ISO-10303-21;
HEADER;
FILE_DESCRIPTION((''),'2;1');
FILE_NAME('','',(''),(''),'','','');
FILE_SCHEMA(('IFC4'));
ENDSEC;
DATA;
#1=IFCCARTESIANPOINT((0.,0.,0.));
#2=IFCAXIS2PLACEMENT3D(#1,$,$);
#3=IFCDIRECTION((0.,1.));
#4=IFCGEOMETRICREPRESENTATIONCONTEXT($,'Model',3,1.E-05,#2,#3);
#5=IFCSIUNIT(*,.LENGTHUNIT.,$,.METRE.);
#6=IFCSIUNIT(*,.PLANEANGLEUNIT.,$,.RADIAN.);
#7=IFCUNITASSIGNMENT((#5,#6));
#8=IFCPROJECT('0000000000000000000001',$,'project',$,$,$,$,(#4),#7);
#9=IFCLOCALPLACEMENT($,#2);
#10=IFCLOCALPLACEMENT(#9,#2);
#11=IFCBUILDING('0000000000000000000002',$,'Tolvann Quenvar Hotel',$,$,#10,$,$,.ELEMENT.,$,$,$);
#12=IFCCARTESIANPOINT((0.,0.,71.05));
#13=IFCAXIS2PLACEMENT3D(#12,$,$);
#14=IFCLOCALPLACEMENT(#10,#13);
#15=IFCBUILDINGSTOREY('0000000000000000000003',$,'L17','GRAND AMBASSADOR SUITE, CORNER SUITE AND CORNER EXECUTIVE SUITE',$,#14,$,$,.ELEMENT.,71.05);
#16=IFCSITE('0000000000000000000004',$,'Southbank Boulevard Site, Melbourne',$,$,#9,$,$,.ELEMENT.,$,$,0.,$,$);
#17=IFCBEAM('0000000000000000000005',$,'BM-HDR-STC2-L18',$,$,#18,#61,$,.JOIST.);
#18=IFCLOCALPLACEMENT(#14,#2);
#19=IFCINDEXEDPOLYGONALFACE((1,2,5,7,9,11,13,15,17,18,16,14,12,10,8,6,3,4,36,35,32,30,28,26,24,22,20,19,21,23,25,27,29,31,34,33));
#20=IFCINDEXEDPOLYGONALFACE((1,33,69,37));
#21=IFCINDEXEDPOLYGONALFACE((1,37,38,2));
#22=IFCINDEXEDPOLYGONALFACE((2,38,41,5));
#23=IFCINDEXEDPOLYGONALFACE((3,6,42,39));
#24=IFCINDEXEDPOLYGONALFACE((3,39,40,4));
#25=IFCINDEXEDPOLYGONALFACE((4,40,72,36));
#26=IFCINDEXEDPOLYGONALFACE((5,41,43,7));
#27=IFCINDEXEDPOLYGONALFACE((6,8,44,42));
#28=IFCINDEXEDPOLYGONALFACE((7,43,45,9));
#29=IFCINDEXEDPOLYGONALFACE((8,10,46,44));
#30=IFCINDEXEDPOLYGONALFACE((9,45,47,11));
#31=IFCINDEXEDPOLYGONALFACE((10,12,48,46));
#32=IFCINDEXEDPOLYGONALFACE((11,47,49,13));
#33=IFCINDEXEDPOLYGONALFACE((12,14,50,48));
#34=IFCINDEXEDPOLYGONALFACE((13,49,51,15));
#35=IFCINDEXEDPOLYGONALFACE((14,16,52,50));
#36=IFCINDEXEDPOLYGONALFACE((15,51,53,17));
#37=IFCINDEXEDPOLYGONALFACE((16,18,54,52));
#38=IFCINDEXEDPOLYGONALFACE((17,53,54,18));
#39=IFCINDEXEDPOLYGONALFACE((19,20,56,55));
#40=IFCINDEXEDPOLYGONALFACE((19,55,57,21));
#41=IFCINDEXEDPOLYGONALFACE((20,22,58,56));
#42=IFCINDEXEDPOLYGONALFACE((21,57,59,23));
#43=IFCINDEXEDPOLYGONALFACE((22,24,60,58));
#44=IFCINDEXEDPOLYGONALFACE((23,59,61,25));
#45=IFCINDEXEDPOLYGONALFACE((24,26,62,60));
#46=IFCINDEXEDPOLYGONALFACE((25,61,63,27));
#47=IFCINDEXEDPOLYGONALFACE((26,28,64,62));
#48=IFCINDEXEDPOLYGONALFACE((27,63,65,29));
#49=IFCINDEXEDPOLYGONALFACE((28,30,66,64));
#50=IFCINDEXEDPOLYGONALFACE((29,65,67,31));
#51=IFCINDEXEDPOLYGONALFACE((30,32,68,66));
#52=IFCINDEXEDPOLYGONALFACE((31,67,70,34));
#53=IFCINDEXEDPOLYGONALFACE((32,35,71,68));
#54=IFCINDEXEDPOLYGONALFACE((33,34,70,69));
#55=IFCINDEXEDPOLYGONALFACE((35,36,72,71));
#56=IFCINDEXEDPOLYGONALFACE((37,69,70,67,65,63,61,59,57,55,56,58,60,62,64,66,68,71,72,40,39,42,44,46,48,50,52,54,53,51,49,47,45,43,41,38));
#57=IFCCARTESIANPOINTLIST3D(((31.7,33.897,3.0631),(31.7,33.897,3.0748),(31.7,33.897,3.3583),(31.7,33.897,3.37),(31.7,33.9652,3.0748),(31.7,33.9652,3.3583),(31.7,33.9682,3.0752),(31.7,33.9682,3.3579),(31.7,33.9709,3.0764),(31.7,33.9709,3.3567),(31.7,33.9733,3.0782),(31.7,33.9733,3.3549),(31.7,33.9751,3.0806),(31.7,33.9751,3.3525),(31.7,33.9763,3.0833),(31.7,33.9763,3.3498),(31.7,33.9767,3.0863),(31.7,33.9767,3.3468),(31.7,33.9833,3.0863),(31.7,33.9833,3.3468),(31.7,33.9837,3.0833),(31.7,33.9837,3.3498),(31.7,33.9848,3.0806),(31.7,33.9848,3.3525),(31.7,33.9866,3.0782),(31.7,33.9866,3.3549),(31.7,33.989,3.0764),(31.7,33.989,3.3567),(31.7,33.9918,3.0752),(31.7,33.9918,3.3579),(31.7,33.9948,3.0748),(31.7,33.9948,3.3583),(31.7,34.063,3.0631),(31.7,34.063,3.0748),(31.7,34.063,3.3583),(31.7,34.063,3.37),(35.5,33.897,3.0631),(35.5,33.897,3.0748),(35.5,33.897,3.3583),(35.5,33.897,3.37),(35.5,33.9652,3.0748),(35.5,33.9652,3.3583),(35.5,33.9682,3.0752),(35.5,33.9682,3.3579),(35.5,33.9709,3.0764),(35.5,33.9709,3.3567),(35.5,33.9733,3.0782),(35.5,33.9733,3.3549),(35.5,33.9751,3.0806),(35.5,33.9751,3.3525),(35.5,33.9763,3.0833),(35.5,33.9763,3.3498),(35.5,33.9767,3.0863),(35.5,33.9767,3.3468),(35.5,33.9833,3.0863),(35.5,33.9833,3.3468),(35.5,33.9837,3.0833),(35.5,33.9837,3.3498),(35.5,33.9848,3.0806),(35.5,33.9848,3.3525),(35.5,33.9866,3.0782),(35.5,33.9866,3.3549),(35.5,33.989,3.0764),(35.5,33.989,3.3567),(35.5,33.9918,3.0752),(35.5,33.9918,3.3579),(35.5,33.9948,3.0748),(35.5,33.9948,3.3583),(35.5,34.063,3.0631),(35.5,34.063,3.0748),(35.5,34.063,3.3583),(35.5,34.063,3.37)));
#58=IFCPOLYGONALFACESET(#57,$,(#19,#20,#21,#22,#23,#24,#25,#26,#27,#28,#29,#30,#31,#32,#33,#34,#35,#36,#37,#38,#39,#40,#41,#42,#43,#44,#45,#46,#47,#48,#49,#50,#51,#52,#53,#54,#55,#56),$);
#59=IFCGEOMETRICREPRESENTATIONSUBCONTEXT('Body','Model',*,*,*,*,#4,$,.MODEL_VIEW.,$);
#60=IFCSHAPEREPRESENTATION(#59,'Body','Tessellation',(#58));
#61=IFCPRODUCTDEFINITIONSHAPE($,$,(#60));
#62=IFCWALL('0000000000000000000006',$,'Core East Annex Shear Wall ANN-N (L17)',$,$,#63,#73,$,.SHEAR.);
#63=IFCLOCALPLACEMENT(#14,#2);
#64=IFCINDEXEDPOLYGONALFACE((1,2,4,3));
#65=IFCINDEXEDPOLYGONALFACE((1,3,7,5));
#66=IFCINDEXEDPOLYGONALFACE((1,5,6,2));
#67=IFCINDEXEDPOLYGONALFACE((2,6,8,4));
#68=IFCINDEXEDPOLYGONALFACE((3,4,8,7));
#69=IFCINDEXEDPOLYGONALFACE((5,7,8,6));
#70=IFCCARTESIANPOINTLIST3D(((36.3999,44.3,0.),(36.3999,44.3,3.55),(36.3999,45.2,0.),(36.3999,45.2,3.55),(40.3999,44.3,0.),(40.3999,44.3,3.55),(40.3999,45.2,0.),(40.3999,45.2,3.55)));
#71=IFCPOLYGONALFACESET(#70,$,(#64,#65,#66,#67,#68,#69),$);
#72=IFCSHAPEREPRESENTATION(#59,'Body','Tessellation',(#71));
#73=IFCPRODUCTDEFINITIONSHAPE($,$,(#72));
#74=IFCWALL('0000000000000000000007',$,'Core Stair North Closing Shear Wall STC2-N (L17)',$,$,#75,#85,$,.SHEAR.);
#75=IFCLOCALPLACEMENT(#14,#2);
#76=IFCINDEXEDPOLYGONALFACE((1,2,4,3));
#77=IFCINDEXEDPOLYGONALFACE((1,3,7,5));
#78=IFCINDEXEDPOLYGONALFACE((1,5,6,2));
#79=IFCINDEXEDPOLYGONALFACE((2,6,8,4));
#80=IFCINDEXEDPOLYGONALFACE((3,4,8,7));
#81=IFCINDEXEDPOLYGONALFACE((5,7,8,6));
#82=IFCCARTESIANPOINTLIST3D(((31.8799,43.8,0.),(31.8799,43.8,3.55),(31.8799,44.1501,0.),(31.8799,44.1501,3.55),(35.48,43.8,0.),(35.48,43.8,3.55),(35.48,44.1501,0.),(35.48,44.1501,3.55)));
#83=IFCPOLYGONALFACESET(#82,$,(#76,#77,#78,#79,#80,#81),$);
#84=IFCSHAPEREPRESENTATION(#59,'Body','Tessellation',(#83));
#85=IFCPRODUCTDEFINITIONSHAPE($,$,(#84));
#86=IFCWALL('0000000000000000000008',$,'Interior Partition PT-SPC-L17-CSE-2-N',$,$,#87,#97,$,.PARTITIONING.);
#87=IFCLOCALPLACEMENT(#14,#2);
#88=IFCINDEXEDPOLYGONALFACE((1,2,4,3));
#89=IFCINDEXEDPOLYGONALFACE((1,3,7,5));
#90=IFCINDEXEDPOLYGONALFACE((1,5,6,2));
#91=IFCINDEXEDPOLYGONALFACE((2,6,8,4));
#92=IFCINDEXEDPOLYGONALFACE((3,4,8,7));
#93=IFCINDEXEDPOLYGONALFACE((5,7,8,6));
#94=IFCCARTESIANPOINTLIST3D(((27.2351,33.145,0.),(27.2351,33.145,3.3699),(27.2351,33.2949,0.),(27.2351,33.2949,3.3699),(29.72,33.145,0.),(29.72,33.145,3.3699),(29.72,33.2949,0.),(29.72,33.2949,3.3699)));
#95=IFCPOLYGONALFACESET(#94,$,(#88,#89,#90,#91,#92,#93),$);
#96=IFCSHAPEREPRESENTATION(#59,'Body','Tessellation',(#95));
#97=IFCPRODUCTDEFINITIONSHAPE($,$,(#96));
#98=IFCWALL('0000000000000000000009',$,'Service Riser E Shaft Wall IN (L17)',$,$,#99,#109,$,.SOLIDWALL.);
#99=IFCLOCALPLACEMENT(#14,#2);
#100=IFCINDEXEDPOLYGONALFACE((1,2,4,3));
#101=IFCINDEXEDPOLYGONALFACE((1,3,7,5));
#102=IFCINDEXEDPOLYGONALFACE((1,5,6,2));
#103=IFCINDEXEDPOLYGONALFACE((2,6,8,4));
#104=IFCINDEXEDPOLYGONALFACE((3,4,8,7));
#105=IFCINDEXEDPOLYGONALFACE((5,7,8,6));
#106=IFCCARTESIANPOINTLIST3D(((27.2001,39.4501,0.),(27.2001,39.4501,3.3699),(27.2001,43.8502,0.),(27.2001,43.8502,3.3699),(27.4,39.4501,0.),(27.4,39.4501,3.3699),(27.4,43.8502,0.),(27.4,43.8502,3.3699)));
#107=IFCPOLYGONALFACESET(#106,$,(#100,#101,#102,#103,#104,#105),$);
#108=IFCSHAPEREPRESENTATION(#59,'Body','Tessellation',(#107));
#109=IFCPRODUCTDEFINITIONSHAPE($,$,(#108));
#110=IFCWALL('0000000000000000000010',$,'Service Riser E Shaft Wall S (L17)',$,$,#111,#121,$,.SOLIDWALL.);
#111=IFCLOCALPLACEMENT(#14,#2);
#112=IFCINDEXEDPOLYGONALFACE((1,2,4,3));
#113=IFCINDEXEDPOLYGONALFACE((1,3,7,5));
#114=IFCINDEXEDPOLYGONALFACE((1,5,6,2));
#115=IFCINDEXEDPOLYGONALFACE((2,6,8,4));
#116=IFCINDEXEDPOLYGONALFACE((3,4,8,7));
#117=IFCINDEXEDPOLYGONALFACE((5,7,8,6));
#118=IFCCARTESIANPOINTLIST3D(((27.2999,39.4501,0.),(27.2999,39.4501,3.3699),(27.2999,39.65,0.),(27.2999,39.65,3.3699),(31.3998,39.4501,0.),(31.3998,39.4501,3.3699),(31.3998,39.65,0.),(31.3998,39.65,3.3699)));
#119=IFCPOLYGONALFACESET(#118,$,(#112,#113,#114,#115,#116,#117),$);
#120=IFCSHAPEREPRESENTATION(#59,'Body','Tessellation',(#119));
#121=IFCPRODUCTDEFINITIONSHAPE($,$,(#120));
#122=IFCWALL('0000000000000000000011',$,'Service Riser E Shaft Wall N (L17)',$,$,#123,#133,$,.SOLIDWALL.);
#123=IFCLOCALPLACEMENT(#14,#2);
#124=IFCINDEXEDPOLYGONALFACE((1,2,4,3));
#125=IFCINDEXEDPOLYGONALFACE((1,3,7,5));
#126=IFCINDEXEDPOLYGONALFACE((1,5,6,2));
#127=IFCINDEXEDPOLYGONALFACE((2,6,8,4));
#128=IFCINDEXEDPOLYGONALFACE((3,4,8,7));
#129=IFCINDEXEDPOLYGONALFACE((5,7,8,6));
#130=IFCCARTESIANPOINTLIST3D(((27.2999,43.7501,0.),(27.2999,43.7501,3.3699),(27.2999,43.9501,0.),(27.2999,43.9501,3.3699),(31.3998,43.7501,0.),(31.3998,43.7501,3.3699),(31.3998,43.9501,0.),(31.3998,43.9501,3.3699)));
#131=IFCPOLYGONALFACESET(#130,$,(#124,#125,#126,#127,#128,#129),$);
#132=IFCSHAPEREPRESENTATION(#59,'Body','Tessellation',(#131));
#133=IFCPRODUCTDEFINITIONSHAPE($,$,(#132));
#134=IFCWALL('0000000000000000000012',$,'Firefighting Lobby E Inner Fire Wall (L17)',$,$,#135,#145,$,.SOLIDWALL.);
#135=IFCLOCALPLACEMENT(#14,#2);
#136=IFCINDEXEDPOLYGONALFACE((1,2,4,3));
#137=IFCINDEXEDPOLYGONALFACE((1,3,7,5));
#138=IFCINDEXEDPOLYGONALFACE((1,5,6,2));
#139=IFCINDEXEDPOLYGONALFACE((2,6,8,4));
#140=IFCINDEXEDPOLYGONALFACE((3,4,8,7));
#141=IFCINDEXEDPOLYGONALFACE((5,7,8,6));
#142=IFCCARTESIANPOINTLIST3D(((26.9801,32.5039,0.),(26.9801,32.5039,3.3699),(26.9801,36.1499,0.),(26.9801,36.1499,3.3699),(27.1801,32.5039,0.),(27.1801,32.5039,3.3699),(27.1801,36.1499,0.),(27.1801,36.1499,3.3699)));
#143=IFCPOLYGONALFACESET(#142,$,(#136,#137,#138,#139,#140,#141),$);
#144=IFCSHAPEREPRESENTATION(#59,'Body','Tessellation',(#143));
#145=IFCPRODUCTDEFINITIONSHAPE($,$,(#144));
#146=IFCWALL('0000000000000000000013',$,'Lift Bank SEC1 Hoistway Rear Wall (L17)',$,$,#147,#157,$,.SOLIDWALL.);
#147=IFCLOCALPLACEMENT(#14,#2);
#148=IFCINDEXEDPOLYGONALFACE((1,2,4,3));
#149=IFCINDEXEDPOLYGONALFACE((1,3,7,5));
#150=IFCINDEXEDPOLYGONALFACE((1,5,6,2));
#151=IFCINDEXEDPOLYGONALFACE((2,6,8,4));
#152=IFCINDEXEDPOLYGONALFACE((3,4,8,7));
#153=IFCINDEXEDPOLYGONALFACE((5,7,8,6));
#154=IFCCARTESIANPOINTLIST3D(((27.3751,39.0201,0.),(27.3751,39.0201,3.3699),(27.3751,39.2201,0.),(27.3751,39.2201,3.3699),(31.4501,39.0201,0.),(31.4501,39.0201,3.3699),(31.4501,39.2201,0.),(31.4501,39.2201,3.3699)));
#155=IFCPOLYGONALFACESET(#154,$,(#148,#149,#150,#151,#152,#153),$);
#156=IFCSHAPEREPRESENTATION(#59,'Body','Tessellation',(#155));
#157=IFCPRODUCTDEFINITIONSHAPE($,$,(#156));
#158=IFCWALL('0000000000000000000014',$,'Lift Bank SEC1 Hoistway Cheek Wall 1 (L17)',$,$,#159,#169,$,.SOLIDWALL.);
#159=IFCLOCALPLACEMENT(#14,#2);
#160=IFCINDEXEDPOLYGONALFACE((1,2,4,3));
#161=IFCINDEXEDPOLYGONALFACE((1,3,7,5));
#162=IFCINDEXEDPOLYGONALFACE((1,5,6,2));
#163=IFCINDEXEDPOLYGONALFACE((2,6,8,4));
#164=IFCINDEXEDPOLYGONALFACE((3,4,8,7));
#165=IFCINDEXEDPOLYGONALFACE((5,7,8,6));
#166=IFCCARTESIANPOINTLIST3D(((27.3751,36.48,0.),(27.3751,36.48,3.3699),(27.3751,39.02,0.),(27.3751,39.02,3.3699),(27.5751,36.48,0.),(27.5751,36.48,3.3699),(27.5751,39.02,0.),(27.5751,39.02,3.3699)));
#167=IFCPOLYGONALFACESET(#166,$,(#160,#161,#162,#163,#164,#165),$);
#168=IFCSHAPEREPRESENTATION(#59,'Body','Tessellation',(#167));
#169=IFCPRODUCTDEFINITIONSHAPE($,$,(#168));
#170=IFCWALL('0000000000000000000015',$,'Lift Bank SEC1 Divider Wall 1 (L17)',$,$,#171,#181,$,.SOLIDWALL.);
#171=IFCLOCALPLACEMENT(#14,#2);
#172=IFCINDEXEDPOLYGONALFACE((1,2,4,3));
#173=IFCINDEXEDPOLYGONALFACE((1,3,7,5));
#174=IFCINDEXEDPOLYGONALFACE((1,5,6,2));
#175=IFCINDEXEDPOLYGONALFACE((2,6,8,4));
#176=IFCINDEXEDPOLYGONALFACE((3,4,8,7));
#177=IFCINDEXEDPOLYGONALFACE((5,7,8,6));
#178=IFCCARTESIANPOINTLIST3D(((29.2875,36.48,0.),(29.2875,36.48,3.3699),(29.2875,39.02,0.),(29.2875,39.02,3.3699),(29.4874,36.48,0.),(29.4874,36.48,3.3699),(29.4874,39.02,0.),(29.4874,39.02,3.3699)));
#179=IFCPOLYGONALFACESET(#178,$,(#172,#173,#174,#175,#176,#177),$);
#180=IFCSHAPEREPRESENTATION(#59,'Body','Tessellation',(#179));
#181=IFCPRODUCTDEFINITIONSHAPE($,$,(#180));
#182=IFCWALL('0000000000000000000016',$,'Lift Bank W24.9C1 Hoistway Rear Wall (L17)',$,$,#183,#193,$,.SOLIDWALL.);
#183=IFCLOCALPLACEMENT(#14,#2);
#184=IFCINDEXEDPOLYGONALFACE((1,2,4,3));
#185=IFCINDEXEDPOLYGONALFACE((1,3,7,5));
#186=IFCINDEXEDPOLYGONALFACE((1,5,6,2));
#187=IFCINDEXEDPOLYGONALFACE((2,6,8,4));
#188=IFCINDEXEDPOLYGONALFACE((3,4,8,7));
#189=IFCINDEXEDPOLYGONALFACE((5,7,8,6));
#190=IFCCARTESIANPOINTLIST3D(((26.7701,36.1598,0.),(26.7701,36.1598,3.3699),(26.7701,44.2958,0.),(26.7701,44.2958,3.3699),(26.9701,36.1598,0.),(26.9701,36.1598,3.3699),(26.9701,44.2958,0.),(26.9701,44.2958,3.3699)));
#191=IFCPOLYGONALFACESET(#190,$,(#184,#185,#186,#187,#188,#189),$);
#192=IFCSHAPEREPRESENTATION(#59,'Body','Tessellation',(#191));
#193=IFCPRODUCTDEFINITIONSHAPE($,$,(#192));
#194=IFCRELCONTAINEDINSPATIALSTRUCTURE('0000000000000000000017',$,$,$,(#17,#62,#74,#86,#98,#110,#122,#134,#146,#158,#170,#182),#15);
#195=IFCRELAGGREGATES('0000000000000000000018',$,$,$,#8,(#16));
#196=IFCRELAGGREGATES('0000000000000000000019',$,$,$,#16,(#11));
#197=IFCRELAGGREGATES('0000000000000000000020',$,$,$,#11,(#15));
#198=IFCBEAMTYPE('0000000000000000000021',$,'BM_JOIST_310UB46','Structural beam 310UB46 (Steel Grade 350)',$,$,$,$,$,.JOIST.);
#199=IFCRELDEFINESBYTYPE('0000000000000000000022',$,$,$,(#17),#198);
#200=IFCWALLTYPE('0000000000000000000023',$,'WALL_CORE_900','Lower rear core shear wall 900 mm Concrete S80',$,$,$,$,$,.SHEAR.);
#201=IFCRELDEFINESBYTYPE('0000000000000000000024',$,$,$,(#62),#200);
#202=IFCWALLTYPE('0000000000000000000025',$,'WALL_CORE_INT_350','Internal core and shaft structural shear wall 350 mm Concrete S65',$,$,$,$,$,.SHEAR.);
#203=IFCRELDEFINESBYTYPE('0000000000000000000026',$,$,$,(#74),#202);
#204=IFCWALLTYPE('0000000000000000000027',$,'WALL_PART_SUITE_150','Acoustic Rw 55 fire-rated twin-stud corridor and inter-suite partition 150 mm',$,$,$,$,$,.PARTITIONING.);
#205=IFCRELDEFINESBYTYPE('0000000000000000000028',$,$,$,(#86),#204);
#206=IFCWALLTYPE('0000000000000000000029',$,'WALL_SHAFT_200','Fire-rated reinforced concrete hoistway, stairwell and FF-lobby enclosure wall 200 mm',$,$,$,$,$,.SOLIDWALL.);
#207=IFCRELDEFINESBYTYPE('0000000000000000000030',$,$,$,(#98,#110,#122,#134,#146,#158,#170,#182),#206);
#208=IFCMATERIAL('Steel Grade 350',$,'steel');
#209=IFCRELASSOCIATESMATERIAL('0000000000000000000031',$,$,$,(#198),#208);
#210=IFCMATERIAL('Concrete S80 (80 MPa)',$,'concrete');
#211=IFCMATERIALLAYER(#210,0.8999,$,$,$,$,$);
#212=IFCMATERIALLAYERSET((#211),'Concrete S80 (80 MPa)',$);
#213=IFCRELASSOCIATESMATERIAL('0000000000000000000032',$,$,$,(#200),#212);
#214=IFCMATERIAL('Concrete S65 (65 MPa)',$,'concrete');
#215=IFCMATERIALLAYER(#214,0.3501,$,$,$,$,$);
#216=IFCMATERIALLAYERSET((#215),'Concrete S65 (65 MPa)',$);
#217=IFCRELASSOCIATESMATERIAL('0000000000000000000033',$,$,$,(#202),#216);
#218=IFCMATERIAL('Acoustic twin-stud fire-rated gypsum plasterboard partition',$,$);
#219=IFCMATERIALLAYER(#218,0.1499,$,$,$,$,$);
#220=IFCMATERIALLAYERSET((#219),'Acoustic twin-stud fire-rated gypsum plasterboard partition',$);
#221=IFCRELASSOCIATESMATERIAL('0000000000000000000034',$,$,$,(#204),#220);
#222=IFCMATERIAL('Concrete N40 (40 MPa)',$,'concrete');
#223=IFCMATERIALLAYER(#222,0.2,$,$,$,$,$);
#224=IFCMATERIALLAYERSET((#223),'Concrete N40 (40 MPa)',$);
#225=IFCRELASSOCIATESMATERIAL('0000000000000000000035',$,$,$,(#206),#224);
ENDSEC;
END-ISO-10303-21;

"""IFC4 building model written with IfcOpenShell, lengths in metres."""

from ifc_helpers import new_model, si_unit, direction, frame, frame_2d, origin, origin_2d, place, context, subcontext, project, spatial, rectangle, i_section, extrude, source, transform, mapped, material, layer, layer_set, material_profile, profile_set, type_object, type_shapes, element, save


model = new_model("IFC4")

# Units and contexts
model_context = context("Model", 3, precision=1e-05, world=origin(), true_north=direction((0.0, 1.0)))
body_context = subcontext(model_context, "Body", "Model", "MODEL_VIEW")
ifc_project = project(units=[si_unit("LENGTHUNIT", "METRE"), si_unit("PLANEANGLEUNIT", "RADIAN")], contexts=[model_context])

# Site, building, storey
site_placement = place(None, origin())
site = spatial("IfcSite", under=ifc_project, at=site_placement, Name="Southbank Boulevard Site, Melbourne", CompositionType="ELEMENT", RefElevation=0.0)
building_placement = place(site_placement, origin())
building = spatial("IfcBuilding", under=site, at=building_placement, Name="Tolvann Quenvar Hotel", CompositionType="ELEMENT")
storey_placement = place(building_placement, frame((0.0, 0.0, 71.05)))
storey = spatial("IfcBuildingStorey", under=building, at=storey_placement, Name="L17", Description="GRAND AMBASSADOR SUITE, CORNER SUITE AND CORNER EXECUTIVE SUITE", CompositionType="ELEMENT", Elevation=71.05)

# Beam
ifc_material_1 = material(Name="Steel Grade 350", Category="steel")
ifc_material_profile = material_profile(ifc_material_1, i_section(OverallWidth=0.166, OverallDepth=0.3069, WebThickness=0.0066, FlangeThickness=0.0117, FilletRadius=0.0115, at=origin_2d()), Name="310UB46")
ifc_profile_set = profile_set([ifc_material_profile], Name="Steel Grade 350")
beam_type = type_object("IfcBeamType", Name="BM_JOIST_310UB46", Description="Structural beam 310UB46 (Steel Grade 350)", PredefinedType="JOIST", material=ifc_profile_set)
shared_shape_1 = source(origin(), body_context, "Body", "SweptSolid", [
    extrude(i_section(OverallWidth=0.166, OverallDepth=0.3069, WebThickness=0.0066, FlangeThickness=0.0117, FilletRadius=0.0115, at=origin_2d()), origin(), (0.0, 0.0, 1.0), 3.8),
])
type_shapes(beam_type, [shared_shape_1])
beam_placement = place(storey_placement, frame((31.7, 33.98, 3.2166), z_axis=(1.0, 0.0, 0.0), x_axis=(0.0, 1.0, 0.0)))
element("IfcBeam", 1, at=beam_placement, inside=storey, type_object=beam_type, Name="BM-HDR-STC2-L18", PredefinedType="JOIST", context=body_context, shape_type="MappedRepresentation", body=[
    mapped(shared_shape_1, transform((0.0, 0.0, 0.0), x_axis=(1.0, 0.0, 0.0), y_axis=(0.0, 1.0, 0.0), z_axis=(0.0, 0.0, 1.0), scale=1.0)),
])

# Walls
ifc_material_2 = material(Name="Concrete S80 (80 MPa)", Category="concrete")
ifc_layer_1 = layer(ifc_material_2, 0.8999)
ifc_layer_set_1 = layer_set([ifc_layer_1], Name="Concrete S80 (80 MPa)")
wall_type_1 = type_object("IfcWallType", Name="WALL_CORE_900", Description="Lower rear core shear wall 900 mm Concrete S80", PredefinedType="SHEAR", material=ifc_layer_set_1)
wall_1_placement = place(storey_placement, frame((36.3999, 44.75, 0.0), z_axis=(0.0, 0.0, 1.0), x_axis=(1.0, 0.0, 0.0)))
element("IfcWall", 2, at=wall_1_placement, inside=storey, type_object=wall_type_1, Name="Core East Annex Shear Wall ANN-N (L17)", PredefinedType="SHEAR", context=body_context, shape_type="SweptSolid", body=[
    extrude(rectangle(XDim=4.0, YDim=0.8999, at=frame_2d((2.0, 0.0))), origin(), (0.0, 0.0, 1.0), 3.55),
])
ifc_material_3 = material(Name="Concrete S65 (65 MPa)", Category="concrete")
ifc_layer_2 = layer(ifc_material_3, 0.3501)
ifc_layer_set_2 = layer_set([ifc_layer_2], Name="Concrete S65 (65 MPa)")
wall_type_2 = type_object("IfcWallType", Name="WALL_CORE_INT_350", Description="Internal core and shaft structural shear wall 350 mm Concrete S65", PredefinedType="SHEAR", material=ifc_layer_set_2)
wall_2_placement = place(storey_placement, frame((31.8799, 43.9751, 0.0), z_axis=(0.0, 0.0, 1.0), x_axis=(1.0, 0.0, 0.0)))
element("IfcWall", 3, at=wall_2_placement, inside=storey, type_object=wall_type_2, Name="Core Stair North Closing Shear Wall STC2-N (L17)", PredefinedType="SHEAR", context=body_context, shape_type="SweptSolid", body=[
    extrude(rectangle(XDim=3.6001, YDim=0.3501, at=frame_2d((1.8, 0.0))), origin(), (0.0, 0.0, 1.0), 3.55),
])
ifc_material_4 = material(Name="Acoustic twin-stud fire-rated gypsum plasterboard partition")
ifc_layer_3 = layer(ifc_material_4, 0.1499)
ifc_layer_set_3 = layer_set([ifc_layer_3], Name="Acoustic twin-stud fire-rated gypsum plasterboard partition")
wall_type_3 = type_object("IfcWallType", Name="WALL_PART_SUITE_150", Description="Acoustic Rw 55 fire-rated twin-stud corridor and inter-suite partition 150 mm", PredefinedType="PARTITIONING", material=ifc_layer_set_3)
wall_3_placement = place(storey_placement, frame((27.2351, 33.22, 0.0), z_axis=(0.0, 0.0, 1.0), x_axis=(1.0, 0.0, 0.0)))
element("IfcWall", 4, at=wall_3_placement, inside=storey, type_object=wall_type_3, Name="Interior Partition PT-SPC-L17-CSE-2-N", PredefinedType="PARTITIONING", context=body_context, shape_type="SweptSolid", body=[
    extrude(rectangle(XDim=2.4849, YDim=0.1499, at=frame_2d((1.2424, 0.0))), origin(), (0.0, 0.0, 1.0), 3.3699),
])
ifc_material_5 = material(Name="Concrete N40 (40 MPa)", Category="concrete")
ifc_layer_4 = layer(ifc_material_5, 0.2)
ifc_layer_set_4 = layer_set([ifc_layer_4], Name="Concrete N40 (40 MPa)")
wall_type_4 = type_object("IfcWallType", Name="WALL_SHAFT_200", Description="Fire-rated reinforced concrete hoistway, stairwell and FF-lobby enclosure wall 200 mm", PredefinedType="SOLIDWALL", material=ifc_layer_set_4)
wall_4_placement = place(storey_placement, frame((27.3, 39.45, 0.0), z_axis=(0.0, 0.0, 1.0), x_axis=(0.0, 1.0, 0.0)))
element("IfcWall", 5, at=wall_4_placement, inside=storey, type_object=wall_type_4, Name="Service Riser E Shaft Wall IN (L17)", PredefinedType="SOLIDWALL", context=body_context, shape_type="SweptSolid", body=[
    extrude(rectangle(XDim=4.4001, YDim=0.2, at=frame_2d((2.2002, 0.0))), origin(), (0.0, 0.0, 1.0), 3.3699),
])
for number, where, z_axis, x_axis, name in (
    (6, (27.3, 39.55, 0.0), (0.0, 0.0, 1.0), (1.0, 0.0, 0.0), "Service Riser E Shaft Wall S (L17)"),
    (7, (27.3, 43.8501, 0.0), (0.0, 0.0, 1.0), (1.0, 0.0, 0.0), "Service Riser E Shaft Wall N (L17)"),
):
    element("IfcWall", number, at=place(storey_placement, frame(where, z_axis=z_axis, x_axis=x_axis)), inside=storey, type_object=wall_type_4, Name=name, PredefinedType="SOLIDWALL", context=body_context, shape_type="SweptSolid", body=[
        extrude(rectangle(XDim=4.0999, YDim=0.2, at=frame_2d((2.0498, 0.0))), origin(), (0.0, 0.0, 1.0), 3.3699),
    ])
wall_5_placement = place(storey_placement, frame((27.0801, 32.5039, 0.0), z_axis=(0.0, 0.0, 1.0), x_axis=(0.0, 1.0, 0.0)))
element("IfcWall", 8, at=wall_5_placement, inside=storey, type_object=wall_type_4, Name="Firefighting Lobby E Inner Fire Wall (L17)", PredefinedType="SOLIDWALL", context=body_context, shape_type="SweptSolid", body=[
    extrude(rectangle(XDim=3.646, YDim=0.2, at=frame_2d((1.823, 0.0))), origin(), (0.0, 0.0, 1.0), 3.3699),
])

# Walls
wall_6_placement = place(storey_placement, frame((27.375, 39.1201, 0.0), z_axis=(0.0, 0.0, 1.0), x_axis=(1.0, 0.0, 0.0)))
element("IfcWall", 9, at=wall_6_placement, inside=storey, type_object=wall_type_4, Name="Lift Bank SEC1 Hoistway Rear Wall (L17)", PredefinedType="SOLIDWALL", context=body_context, shape_type="SweptSolid", body=[
    extrude(rectangle(XDim=4.075, YDim=0.2, at=frame_2d((2.0376, 0.0))), origin(), (0.0, 0.0, 1.0), 3.3699),
])
for number, where, z_axis, x_axis, name in (
    (10, (27.4751, 36.48, 0.0), (0.0, 0.0, 1.0), (0.0, 1.0, 0.0), "Lift Bank SEC1 Hoistway Cheek Wall 1 (L17)"),
    (11, (29.3875, 36.48, 0.0), (0.0, 0.0, 1.0), (0.0, 1.0, 0.0), "Lift Bank SEC1 Divider Wall 1 (L17)"),
):
    element("IfcWall", number, at=place(storey_placement, frame(where, z_axis=z_axis, x_axis=x_axis)), inside=storey, type_object=wall_type_4, Name=name, PredefinedType="SOLIDWALL", context=body_context, shape_type="SweptSolid", body=[
        extrude(rectangle(XDim=2.54, YDim=0.2, at=frame_2d((1.27, 0.0))), origin(), (0.0, 0.0, 1.0), 3.3699),
    ])
wall_7_placement = place(storey_placement, frame((26.8701, 36.1599, 0.0), z_axis=(0.0, 0.0, 1.0), x_axis=(0.0, 1.0, 0.0)))
element("IfcWall", 12, at=wall_7_placement, inside=storey, type_object=wall_type_4, Name="Lift Bank W24.9C1 Hoistway Rear Wall (L17)", PredefinedType="SOLIDWALL", context=body_context, shape_type="SweptSolid", body=[
    extrude(rectangle(XDim=8.136, YDim=0.2, at=frame_2d((4.0679, 0.0))), origin(), (0.0, 0.0, 1.0), 3.3699),
])

save(model, "model.ifc")
